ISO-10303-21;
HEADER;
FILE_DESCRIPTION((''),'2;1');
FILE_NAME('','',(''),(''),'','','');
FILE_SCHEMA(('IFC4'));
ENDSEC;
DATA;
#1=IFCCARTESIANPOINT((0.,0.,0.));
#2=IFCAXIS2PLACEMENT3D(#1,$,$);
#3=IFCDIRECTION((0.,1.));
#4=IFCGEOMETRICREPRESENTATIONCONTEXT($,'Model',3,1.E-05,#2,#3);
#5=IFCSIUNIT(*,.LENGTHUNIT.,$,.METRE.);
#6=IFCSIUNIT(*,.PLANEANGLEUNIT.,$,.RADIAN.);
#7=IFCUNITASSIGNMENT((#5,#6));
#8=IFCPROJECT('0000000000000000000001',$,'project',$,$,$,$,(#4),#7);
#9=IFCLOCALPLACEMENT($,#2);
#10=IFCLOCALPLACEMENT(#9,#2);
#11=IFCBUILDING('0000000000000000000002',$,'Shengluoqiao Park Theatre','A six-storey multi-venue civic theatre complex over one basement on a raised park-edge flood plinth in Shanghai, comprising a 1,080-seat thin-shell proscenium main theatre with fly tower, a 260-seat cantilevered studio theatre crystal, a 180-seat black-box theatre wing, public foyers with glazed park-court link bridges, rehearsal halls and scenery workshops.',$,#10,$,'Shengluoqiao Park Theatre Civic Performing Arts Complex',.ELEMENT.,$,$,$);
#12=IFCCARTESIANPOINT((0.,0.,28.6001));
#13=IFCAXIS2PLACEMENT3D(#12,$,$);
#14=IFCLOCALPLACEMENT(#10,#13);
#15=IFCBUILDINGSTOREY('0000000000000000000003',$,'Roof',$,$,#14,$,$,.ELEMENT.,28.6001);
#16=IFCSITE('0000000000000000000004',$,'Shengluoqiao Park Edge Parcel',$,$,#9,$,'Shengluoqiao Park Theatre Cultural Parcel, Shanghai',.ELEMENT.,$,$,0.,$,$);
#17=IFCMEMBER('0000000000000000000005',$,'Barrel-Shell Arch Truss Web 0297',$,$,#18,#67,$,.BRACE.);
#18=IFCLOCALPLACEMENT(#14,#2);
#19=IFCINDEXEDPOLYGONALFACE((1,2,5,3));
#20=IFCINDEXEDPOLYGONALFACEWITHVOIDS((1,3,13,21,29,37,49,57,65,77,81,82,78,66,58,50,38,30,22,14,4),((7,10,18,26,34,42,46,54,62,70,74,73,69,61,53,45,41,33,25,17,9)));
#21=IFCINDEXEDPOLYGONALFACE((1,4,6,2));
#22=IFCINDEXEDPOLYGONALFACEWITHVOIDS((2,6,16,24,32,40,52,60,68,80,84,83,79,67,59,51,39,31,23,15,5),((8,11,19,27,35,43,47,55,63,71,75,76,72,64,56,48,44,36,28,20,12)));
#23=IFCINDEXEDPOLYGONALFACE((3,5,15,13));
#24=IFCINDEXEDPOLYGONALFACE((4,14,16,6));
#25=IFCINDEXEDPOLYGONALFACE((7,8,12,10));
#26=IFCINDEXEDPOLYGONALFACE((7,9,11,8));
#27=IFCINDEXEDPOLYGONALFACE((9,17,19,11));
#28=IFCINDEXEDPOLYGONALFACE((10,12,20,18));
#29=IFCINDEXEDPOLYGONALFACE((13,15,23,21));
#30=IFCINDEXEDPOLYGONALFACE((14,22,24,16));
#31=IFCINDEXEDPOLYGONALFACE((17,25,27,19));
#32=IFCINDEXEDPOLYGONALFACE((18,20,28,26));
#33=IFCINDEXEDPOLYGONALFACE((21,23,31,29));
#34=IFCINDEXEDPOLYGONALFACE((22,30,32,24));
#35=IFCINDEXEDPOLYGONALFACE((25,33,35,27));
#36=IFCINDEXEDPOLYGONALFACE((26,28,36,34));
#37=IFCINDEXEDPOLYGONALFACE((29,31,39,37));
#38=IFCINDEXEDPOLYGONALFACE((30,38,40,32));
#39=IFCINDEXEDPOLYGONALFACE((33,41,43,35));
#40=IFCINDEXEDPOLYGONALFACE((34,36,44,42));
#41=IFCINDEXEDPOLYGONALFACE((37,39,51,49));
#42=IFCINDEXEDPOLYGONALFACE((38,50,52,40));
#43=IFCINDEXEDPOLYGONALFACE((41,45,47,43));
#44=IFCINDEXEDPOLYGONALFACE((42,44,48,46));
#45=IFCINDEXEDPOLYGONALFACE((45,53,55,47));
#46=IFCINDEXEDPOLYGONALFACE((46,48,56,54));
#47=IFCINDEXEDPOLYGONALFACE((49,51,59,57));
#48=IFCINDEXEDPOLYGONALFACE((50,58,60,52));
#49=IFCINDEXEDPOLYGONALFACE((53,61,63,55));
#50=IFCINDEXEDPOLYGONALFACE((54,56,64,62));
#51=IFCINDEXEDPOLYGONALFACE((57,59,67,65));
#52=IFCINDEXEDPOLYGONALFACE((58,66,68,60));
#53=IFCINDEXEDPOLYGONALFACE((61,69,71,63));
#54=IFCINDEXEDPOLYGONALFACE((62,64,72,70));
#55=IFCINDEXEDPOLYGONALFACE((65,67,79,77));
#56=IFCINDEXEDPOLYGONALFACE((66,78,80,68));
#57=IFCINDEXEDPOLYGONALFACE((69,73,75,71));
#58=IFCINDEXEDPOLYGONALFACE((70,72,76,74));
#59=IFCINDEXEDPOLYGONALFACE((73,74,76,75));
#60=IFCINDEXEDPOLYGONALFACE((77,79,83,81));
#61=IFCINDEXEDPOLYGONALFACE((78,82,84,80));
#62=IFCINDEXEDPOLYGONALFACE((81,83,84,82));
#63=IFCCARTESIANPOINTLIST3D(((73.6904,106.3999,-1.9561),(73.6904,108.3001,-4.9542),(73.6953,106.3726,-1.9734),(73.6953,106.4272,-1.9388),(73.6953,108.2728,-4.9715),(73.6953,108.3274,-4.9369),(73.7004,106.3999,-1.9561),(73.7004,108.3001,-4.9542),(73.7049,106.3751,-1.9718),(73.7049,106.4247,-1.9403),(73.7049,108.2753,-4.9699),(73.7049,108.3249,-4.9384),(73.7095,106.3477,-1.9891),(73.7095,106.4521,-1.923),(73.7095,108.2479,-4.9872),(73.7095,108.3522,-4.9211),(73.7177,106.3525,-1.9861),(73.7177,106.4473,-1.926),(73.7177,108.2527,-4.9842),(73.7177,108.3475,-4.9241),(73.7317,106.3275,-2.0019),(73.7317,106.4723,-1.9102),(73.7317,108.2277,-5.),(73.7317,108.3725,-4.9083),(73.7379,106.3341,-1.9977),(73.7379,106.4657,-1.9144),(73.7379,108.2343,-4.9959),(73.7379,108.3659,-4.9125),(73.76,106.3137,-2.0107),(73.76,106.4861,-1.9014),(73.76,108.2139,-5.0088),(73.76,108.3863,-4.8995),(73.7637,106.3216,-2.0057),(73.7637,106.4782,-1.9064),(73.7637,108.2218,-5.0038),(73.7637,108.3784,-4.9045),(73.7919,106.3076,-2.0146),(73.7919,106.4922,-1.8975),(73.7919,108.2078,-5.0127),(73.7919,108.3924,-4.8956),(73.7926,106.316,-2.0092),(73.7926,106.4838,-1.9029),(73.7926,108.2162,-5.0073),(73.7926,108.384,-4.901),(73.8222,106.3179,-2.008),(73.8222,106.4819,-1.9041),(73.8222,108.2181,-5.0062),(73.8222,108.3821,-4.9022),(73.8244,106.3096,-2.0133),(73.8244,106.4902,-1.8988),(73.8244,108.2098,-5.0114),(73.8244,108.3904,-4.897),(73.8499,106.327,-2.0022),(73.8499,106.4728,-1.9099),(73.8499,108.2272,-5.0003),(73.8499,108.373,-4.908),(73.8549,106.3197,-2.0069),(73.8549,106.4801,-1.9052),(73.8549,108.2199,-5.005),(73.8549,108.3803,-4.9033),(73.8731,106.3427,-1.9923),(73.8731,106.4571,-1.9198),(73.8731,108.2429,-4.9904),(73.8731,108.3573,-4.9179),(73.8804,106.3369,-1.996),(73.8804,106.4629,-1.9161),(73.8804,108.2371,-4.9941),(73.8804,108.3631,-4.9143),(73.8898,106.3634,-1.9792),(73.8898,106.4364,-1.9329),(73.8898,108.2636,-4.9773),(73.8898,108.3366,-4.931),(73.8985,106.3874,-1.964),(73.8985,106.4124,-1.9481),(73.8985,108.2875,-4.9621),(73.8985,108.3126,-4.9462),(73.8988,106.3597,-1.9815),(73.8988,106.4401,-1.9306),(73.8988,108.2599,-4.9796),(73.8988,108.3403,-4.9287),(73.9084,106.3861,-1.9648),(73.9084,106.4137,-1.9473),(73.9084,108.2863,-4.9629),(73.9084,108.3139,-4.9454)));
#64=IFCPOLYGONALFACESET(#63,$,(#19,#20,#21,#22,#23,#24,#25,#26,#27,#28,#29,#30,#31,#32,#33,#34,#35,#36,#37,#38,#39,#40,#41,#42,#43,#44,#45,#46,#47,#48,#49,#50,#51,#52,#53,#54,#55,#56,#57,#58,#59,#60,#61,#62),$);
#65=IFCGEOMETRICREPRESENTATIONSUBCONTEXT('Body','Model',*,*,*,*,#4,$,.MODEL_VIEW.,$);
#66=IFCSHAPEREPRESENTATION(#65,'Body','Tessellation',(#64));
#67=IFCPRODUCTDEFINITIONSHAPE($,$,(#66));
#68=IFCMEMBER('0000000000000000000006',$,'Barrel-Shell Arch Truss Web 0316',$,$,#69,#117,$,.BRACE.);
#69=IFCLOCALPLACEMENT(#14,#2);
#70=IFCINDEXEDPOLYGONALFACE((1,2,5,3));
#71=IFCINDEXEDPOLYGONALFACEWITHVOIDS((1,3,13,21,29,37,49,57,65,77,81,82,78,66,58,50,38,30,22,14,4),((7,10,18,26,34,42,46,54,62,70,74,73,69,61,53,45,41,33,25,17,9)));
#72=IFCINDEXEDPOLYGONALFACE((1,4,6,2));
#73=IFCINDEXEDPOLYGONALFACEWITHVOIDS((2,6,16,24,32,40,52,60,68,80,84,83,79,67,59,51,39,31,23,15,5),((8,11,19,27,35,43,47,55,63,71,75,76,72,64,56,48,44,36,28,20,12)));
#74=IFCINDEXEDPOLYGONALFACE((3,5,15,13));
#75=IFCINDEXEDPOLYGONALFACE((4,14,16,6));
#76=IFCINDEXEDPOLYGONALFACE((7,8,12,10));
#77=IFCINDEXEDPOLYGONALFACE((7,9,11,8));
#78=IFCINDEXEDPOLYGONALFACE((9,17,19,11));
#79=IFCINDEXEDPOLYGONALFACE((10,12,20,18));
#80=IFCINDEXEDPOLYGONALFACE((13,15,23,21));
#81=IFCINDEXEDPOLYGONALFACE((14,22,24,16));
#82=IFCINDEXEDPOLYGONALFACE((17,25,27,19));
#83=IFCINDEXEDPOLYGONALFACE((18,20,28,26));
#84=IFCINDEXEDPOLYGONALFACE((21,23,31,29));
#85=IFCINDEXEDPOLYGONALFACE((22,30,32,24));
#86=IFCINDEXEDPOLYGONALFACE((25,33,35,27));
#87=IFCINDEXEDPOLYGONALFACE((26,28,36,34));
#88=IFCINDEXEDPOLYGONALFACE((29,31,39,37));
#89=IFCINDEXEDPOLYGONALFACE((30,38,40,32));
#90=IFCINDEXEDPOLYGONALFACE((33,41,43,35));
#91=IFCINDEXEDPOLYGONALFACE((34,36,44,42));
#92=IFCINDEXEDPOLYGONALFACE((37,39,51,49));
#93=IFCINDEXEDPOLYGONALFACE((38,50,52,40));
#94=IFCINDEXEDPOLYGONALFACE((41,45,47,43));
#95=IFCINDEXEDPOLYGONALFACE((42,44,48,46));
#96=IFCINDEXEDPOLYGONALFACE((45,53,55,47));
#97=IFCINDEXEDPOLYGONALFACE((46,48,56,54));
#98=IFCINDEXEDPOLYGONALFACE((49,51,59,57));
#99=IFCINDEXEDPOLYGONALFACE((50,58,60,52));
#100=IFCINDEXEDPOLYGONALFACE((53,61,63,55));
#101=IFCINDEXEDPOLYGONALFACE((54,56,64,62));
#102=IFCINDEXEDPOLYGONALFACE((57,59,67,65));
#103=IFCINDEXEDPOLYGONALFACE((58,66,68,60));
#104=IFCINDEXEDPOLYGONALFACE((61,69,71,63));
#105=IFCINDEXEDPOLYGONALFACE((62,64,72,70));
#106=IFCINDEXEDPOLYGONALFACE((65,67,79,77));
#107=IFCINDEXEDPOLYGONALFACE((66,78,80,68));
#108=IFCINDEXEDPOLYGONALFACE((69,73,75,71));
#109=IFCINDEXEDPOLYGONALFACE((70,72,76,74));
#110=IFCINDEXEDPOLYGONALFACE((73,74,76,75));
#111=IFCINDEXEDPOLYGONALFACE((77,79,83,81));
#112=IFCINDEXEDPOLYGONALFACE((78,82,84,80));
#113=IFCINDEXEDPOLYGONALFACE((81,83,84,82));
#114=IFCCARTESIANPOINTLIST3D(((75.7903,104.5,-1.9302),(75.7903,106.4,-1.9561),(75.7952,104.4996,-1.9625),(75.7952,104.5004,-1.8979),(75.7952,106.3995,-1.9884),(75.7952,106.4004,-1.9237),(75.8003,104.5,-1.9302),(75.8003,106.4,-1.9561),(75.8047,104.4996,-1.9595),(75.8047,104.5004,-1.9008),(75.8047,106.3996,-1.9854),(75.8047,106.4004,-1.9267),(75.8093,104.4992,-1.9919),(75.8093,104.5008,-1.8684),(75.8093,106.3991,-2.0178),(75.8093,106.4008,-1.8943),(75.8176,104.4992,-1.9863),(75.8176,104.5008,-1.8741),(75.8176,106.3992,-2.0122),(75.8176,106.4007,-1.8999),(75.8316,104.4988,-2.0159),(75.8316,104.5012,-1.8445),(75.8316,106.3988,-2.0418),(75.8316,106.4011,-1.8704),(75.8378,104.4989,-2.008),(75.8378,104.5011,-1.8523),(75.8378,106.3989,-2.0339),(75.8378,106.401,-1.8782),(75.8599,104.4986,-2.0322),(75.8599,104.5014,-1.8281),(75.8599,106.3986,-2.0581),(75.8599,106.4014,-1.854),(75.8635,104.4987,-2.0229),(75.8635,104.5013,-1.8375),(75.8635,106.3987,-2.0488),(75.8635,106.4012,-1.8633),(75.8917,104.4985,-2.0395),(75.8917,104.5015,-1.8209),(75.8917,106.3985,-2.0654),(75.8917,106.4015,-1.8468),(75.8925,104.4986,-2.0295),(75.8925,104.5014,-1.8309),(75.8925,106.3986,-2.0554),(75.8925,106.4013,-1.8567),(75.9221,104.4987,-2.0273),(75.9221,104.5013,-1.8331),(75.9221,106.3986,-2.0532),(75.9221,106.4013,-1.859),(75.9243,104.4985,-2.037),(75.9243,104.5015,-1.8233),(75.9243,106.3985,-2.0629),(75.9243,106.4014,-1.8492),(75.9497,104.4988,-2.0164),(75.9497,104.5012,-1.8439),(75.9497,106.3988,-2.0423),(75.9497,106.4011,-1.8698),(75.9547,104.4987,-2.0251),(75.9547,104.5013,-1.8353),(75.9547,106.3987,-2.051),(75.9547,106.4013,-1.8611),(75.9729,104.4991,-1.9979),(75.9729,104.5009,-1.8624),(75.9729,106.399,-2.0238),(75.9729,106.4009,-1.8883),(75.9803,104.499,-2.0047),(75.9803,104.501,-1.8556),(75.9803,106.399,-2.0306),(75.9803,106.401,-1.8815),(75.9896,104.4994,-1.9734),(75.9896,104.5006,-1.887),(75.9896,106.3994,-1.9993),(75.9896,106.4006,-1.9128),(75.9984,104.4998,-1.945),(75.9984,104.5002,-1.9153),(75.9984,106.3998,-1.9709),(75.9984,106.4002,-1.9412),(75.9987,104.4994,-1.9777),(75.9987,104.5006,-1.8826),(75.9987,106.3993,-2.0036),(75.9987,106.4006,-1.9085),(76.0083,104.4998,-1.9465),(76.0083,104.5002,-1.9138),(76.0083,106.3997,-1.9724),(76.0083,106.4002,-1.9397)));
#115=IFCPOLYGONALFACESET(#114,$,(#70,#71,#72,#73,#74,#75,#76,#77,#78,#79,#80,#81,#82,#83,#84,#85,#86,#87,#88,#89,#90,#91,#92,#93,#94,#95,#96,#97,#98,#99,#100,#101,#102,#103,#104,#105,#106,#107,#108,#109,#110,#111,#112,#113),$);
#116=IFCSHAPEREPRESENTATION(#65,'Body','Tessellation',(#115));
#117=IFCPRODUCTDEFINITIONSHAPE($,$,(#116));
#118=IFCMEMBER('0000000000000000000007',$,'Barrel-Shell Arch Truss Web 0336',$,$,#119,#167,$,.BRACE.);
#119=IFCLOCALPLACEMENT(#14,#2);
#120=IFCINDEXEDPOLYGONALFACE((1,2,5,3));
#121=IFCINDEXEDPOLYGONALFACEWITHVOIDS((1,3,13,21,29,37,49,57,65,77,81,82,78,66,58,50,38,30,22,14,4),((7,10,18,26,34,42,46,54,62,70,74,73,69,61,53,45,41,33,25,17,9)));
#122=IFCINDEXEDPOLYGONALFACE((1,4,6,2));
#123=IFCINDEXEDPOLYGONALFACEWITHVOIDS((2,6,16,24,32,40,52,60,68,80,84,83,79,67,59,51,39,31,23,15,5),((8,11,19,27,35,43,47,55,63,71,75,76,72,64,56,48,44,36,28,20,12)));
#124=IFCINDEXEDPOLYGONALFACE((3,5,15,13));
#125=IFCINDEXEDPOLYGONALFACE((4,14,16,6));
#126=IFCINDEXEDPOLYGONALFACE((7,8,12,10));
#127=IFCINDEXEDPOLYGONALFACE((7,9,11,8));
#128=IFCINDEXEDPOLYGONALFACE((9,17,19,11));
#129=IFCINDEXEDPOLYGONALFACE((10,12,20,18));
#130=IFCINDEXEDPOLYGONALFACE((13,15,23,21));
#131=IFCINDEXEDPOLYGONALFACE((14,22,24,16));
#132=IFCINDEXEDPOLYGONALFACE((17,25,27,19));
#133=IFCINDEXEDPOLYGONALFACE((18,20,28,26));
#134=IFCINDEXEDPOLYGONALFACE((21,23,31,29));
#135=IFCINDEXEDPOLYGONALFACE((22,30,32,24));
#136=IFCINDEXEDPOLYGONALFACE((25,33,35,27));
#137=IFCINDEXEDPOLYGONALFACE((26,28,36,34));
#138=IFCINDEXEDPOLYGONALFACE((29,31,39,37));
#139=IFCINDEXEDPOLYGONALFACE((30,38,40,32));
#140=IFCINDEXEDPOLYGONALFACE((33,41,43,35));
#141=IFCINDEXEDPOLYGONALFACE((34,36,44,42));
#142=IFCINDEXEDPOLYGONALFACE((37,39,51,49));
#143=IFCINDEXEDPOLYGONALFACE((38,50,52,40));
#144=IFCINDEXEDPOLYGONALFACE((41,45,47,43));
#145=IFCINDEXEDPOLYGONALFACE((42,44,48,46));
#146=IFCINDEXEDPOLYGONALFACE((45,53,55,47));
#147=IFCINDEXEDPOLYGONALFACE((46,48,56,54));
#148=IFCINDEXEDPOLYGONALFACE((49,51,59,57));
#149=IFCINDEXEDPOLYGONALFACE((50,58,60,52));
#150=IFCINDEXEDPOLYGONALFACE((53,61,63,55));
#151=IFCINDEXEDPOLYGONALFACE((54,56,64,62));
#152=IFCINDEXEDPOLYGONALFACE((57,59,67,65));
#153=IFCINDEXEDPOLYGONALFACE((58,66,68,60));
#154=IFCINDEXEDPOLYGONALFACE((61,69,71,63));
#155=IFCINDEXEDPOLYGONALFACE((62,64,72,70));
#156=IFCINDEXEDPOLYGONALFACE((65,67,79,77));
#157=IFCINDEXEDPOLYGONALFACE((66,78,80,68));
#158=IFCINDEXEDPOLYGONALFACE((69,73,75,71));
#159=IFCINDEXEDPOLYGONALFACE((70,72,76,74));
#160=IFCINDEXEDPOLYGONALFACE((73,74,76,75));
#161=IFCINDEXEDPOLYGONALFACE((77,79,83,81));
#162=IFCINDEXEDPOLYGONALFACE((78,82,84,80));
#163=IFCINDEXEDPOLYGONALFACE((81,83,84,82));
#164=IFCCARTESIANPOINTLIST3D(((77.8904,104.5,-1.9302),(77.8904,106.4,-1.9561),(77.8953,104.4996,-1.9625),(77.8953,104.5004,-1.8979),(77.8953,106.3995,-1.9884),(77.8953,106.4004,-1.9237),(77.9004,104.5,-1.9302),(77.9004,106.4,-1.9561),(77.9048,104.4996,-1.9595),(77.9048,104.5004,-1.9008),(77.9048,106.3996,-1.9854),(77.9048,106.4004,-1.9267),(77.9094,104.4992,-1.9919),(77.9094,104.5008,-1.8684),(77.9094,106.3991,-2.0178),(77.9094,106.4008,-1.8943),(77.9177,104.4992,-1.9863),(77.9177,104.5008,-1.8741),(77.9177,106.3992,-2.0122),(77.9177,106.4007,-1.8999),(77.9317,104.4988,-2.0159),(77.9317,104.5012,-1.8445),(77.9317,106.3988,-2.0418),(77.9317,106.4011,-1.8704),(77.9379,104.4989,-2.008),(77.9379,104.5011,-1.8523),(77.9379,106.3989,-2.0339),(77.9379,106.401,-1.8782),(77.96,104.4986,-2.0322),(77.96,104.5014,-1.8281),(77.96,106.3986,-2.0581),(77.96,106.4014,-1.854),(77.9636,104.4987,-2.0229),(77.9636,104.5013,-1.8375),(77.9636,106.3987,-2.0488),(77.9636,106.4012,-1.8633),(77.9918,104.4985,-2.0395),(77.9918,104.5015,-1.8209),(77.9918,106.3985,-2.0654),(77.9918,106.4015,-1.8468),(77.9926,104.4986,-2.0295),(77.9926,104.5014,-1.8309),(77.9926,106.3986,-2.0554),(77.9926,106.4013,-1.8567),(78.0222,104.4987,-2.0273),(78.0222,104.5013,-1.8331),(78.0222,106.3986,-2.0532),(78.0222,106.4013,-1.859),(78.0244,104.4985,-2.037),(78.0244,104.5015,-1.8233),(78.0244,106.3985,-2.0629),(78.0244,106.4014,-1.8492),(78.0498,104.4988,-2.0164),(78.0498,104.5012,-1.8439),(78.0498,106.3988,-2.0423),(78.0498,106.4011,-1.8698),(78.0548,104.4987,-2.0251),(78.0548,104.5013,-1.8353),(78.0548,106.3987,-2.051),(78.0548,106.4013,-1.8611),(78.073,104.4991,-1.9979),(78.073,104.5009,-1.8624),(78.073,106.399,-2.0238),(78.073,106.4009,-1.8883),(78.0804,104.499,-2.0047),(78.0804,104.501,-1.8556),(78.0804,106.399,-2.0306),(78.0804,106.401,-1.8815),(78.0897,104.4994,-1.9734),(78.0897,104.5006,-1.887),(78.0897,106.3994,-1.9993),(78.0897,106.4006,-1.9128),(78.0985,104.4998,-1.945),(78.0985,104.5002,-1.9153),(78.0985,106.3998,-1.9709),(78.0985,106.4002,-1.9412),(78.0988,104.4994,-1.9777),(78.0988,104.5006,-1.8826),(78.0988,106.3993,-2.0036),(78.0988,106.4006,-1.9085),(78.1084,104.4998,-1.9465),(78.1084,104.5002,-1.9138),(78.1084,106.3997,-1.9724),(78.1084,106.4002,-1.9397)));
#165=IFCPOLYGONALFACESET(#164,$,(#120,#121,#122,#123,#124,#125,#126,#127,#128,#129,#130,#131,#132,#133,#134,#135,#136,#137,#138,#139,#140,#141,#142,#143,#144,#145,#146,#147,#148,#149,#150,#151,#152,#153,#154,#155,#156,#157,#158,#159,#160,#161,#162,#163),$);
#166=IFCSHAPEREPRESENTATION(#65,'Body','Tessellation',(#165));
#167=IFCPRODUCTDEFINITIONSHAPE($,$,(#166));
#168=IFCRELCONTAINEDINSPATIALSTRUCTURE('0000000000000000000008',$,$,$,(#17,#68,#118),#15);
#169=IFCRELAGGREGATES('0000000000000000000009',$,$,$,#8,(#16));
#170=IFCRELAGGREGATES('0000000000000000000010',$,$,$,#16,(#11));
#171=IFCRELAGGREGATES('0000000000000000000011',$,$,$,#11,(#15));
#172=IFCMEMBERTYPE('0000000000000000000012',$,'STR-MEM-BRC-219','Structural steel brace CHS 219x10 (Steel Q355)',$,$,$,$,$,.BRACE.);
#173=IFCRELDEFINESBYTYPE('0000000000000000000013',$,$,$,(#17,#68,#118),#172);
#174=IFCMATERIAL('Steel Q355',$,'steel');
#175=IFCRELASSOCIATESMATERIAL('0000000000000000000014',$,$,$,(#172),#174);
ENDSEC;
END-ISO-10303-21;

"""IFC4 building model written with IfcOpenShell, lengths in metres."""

from ifc_helpers import new_model, si_unit, direction, frame, origin, origin_2d, place, context, subcontext, project, spatial, hollow_circle, extrude, material, material_profile, profile_set, type_object, element, save


model = new_model("IFC4")

# Units and contexts
model_context = context("Model", 3, precision=1e-05, world=origin(), true_north=direction((0.0, 1.0)))
body_context = subcontext(model_context, "Body", "Model", "MODEL_VIEW")
ifc_project = project(units=[si_unit("LENGTHUNIT", "METRE"), si_unit("PLANEANGLEUNIT", "RADIAN")], contexts=[model_context])

# Site, building, storey
site_placement = place(None, origin())
site = spatial("IfcSite", under=ifc_project, at=site_placement, Name="Shengluoqiao Park Edge Parcel", LongName="Shengluoqiao Park Theatre Cultural Parcel, Shanghai", CompositionType="ELEMENT", RefElevation=0.0)
building_placement = place(site_placement, origin())
building = spatial("IfcBuilding", under=site, at=building_placement, Name="Shengluoqiao Park Theatre", Description="A six-storey multi-venue civic theatre complex over one basement on a raised park-edge flood plinth in Shanghai, comprising a 1,080-seat thin-shell proscenium main theatre with fly tower, a 260-seat cantilevered studio theatre crystal, a 180-seat black-box theatre wing, public foyers with glazed park-court link bridges, rehearsal halls and scenery workshops.", LongName="Shengluoqiao Park Theatre Civic Performing Arts Complex", CompositionType="ELEMENT")
storey_placement = place(building_placement, frame((0.0, 0.0, 28.6001)))
storey = spatial("IfcBuildingStorey", under=building, at=storey_placement, Name="Roof", CompositionType="ELEMENT", Elevation=28.6001)

# Shared definitions
ifc_material_1 = material(Name="Steel Q355", Category="steel")

# Members
ifc_material_profile_1 = material_profile(ifc_material_1, hollow_circle(Radius=0.1096, WallThickness=0.01, at=origin_2d()), Name="CHS 219x10")
ifc_profile_set_1 = profile_set([ifc_material_profile_1], Name="Steel Q355")
member_type_1 = type_object("IfcMemberType", Name="STR-MEM-BRC-219", Description="Structural steel brace CHS 219x10 (Steel Q355)", PredefinedType="BRACE", material=ifc_profile_set_1)
member_1_placement = place(storey_placement, frame((73.8, 106.3999, -1.9561), z_axis=(0.0, 0.53533, -0.844643), x_axis=(-1.0, 0.0, 0.0)))
element("IfcMember", 1, at=member_1_placement, inside=storey, type_object=member_type_1, Name="Barrel-Shell Arch Truss Web 0297", PredefinedType="BRACE", context=body_context, shape_type="SweptSolid", body=[
    extrude(hollow_circle(Radius=0.1096, WallThickness=0.01, at=origin_2d()), origin(), (0.0, 0.0, 1.0), 3.5496),
])
for number, where, z_axis, x_axis, name in (
    (2, (75.8999, 104.5, -1.9302), (0.0, 0.999907, -0.01362), (-1.0, 0.0, 0.0), "Barrel-Shell Arch Truss Web 0316"),
    (3, (78.0, 104.5, -1.9302), (0.0, 0.999907, -0.01362), (-1.0, 0.0, 0.0), "Barrel-Shell Arch Truss Web 0336"),
):
    element("IfcMember", number, at=place(storey_placement, frame(where, z_axis=z_axis, x_axis=x_axis)), inside=storey, type_object=member_type_1, Name=name, PredefinedType="BRACE", context=body_context, shape_type="SweptSolid", body=[
        extrude(hollow_circle(Radius=0.1096, WallThickness=0.01, at=origin_2d()), origin(), (0.0, 0.0, 1.0), 1.9001),
    ])

save(model, "model.ifc")
